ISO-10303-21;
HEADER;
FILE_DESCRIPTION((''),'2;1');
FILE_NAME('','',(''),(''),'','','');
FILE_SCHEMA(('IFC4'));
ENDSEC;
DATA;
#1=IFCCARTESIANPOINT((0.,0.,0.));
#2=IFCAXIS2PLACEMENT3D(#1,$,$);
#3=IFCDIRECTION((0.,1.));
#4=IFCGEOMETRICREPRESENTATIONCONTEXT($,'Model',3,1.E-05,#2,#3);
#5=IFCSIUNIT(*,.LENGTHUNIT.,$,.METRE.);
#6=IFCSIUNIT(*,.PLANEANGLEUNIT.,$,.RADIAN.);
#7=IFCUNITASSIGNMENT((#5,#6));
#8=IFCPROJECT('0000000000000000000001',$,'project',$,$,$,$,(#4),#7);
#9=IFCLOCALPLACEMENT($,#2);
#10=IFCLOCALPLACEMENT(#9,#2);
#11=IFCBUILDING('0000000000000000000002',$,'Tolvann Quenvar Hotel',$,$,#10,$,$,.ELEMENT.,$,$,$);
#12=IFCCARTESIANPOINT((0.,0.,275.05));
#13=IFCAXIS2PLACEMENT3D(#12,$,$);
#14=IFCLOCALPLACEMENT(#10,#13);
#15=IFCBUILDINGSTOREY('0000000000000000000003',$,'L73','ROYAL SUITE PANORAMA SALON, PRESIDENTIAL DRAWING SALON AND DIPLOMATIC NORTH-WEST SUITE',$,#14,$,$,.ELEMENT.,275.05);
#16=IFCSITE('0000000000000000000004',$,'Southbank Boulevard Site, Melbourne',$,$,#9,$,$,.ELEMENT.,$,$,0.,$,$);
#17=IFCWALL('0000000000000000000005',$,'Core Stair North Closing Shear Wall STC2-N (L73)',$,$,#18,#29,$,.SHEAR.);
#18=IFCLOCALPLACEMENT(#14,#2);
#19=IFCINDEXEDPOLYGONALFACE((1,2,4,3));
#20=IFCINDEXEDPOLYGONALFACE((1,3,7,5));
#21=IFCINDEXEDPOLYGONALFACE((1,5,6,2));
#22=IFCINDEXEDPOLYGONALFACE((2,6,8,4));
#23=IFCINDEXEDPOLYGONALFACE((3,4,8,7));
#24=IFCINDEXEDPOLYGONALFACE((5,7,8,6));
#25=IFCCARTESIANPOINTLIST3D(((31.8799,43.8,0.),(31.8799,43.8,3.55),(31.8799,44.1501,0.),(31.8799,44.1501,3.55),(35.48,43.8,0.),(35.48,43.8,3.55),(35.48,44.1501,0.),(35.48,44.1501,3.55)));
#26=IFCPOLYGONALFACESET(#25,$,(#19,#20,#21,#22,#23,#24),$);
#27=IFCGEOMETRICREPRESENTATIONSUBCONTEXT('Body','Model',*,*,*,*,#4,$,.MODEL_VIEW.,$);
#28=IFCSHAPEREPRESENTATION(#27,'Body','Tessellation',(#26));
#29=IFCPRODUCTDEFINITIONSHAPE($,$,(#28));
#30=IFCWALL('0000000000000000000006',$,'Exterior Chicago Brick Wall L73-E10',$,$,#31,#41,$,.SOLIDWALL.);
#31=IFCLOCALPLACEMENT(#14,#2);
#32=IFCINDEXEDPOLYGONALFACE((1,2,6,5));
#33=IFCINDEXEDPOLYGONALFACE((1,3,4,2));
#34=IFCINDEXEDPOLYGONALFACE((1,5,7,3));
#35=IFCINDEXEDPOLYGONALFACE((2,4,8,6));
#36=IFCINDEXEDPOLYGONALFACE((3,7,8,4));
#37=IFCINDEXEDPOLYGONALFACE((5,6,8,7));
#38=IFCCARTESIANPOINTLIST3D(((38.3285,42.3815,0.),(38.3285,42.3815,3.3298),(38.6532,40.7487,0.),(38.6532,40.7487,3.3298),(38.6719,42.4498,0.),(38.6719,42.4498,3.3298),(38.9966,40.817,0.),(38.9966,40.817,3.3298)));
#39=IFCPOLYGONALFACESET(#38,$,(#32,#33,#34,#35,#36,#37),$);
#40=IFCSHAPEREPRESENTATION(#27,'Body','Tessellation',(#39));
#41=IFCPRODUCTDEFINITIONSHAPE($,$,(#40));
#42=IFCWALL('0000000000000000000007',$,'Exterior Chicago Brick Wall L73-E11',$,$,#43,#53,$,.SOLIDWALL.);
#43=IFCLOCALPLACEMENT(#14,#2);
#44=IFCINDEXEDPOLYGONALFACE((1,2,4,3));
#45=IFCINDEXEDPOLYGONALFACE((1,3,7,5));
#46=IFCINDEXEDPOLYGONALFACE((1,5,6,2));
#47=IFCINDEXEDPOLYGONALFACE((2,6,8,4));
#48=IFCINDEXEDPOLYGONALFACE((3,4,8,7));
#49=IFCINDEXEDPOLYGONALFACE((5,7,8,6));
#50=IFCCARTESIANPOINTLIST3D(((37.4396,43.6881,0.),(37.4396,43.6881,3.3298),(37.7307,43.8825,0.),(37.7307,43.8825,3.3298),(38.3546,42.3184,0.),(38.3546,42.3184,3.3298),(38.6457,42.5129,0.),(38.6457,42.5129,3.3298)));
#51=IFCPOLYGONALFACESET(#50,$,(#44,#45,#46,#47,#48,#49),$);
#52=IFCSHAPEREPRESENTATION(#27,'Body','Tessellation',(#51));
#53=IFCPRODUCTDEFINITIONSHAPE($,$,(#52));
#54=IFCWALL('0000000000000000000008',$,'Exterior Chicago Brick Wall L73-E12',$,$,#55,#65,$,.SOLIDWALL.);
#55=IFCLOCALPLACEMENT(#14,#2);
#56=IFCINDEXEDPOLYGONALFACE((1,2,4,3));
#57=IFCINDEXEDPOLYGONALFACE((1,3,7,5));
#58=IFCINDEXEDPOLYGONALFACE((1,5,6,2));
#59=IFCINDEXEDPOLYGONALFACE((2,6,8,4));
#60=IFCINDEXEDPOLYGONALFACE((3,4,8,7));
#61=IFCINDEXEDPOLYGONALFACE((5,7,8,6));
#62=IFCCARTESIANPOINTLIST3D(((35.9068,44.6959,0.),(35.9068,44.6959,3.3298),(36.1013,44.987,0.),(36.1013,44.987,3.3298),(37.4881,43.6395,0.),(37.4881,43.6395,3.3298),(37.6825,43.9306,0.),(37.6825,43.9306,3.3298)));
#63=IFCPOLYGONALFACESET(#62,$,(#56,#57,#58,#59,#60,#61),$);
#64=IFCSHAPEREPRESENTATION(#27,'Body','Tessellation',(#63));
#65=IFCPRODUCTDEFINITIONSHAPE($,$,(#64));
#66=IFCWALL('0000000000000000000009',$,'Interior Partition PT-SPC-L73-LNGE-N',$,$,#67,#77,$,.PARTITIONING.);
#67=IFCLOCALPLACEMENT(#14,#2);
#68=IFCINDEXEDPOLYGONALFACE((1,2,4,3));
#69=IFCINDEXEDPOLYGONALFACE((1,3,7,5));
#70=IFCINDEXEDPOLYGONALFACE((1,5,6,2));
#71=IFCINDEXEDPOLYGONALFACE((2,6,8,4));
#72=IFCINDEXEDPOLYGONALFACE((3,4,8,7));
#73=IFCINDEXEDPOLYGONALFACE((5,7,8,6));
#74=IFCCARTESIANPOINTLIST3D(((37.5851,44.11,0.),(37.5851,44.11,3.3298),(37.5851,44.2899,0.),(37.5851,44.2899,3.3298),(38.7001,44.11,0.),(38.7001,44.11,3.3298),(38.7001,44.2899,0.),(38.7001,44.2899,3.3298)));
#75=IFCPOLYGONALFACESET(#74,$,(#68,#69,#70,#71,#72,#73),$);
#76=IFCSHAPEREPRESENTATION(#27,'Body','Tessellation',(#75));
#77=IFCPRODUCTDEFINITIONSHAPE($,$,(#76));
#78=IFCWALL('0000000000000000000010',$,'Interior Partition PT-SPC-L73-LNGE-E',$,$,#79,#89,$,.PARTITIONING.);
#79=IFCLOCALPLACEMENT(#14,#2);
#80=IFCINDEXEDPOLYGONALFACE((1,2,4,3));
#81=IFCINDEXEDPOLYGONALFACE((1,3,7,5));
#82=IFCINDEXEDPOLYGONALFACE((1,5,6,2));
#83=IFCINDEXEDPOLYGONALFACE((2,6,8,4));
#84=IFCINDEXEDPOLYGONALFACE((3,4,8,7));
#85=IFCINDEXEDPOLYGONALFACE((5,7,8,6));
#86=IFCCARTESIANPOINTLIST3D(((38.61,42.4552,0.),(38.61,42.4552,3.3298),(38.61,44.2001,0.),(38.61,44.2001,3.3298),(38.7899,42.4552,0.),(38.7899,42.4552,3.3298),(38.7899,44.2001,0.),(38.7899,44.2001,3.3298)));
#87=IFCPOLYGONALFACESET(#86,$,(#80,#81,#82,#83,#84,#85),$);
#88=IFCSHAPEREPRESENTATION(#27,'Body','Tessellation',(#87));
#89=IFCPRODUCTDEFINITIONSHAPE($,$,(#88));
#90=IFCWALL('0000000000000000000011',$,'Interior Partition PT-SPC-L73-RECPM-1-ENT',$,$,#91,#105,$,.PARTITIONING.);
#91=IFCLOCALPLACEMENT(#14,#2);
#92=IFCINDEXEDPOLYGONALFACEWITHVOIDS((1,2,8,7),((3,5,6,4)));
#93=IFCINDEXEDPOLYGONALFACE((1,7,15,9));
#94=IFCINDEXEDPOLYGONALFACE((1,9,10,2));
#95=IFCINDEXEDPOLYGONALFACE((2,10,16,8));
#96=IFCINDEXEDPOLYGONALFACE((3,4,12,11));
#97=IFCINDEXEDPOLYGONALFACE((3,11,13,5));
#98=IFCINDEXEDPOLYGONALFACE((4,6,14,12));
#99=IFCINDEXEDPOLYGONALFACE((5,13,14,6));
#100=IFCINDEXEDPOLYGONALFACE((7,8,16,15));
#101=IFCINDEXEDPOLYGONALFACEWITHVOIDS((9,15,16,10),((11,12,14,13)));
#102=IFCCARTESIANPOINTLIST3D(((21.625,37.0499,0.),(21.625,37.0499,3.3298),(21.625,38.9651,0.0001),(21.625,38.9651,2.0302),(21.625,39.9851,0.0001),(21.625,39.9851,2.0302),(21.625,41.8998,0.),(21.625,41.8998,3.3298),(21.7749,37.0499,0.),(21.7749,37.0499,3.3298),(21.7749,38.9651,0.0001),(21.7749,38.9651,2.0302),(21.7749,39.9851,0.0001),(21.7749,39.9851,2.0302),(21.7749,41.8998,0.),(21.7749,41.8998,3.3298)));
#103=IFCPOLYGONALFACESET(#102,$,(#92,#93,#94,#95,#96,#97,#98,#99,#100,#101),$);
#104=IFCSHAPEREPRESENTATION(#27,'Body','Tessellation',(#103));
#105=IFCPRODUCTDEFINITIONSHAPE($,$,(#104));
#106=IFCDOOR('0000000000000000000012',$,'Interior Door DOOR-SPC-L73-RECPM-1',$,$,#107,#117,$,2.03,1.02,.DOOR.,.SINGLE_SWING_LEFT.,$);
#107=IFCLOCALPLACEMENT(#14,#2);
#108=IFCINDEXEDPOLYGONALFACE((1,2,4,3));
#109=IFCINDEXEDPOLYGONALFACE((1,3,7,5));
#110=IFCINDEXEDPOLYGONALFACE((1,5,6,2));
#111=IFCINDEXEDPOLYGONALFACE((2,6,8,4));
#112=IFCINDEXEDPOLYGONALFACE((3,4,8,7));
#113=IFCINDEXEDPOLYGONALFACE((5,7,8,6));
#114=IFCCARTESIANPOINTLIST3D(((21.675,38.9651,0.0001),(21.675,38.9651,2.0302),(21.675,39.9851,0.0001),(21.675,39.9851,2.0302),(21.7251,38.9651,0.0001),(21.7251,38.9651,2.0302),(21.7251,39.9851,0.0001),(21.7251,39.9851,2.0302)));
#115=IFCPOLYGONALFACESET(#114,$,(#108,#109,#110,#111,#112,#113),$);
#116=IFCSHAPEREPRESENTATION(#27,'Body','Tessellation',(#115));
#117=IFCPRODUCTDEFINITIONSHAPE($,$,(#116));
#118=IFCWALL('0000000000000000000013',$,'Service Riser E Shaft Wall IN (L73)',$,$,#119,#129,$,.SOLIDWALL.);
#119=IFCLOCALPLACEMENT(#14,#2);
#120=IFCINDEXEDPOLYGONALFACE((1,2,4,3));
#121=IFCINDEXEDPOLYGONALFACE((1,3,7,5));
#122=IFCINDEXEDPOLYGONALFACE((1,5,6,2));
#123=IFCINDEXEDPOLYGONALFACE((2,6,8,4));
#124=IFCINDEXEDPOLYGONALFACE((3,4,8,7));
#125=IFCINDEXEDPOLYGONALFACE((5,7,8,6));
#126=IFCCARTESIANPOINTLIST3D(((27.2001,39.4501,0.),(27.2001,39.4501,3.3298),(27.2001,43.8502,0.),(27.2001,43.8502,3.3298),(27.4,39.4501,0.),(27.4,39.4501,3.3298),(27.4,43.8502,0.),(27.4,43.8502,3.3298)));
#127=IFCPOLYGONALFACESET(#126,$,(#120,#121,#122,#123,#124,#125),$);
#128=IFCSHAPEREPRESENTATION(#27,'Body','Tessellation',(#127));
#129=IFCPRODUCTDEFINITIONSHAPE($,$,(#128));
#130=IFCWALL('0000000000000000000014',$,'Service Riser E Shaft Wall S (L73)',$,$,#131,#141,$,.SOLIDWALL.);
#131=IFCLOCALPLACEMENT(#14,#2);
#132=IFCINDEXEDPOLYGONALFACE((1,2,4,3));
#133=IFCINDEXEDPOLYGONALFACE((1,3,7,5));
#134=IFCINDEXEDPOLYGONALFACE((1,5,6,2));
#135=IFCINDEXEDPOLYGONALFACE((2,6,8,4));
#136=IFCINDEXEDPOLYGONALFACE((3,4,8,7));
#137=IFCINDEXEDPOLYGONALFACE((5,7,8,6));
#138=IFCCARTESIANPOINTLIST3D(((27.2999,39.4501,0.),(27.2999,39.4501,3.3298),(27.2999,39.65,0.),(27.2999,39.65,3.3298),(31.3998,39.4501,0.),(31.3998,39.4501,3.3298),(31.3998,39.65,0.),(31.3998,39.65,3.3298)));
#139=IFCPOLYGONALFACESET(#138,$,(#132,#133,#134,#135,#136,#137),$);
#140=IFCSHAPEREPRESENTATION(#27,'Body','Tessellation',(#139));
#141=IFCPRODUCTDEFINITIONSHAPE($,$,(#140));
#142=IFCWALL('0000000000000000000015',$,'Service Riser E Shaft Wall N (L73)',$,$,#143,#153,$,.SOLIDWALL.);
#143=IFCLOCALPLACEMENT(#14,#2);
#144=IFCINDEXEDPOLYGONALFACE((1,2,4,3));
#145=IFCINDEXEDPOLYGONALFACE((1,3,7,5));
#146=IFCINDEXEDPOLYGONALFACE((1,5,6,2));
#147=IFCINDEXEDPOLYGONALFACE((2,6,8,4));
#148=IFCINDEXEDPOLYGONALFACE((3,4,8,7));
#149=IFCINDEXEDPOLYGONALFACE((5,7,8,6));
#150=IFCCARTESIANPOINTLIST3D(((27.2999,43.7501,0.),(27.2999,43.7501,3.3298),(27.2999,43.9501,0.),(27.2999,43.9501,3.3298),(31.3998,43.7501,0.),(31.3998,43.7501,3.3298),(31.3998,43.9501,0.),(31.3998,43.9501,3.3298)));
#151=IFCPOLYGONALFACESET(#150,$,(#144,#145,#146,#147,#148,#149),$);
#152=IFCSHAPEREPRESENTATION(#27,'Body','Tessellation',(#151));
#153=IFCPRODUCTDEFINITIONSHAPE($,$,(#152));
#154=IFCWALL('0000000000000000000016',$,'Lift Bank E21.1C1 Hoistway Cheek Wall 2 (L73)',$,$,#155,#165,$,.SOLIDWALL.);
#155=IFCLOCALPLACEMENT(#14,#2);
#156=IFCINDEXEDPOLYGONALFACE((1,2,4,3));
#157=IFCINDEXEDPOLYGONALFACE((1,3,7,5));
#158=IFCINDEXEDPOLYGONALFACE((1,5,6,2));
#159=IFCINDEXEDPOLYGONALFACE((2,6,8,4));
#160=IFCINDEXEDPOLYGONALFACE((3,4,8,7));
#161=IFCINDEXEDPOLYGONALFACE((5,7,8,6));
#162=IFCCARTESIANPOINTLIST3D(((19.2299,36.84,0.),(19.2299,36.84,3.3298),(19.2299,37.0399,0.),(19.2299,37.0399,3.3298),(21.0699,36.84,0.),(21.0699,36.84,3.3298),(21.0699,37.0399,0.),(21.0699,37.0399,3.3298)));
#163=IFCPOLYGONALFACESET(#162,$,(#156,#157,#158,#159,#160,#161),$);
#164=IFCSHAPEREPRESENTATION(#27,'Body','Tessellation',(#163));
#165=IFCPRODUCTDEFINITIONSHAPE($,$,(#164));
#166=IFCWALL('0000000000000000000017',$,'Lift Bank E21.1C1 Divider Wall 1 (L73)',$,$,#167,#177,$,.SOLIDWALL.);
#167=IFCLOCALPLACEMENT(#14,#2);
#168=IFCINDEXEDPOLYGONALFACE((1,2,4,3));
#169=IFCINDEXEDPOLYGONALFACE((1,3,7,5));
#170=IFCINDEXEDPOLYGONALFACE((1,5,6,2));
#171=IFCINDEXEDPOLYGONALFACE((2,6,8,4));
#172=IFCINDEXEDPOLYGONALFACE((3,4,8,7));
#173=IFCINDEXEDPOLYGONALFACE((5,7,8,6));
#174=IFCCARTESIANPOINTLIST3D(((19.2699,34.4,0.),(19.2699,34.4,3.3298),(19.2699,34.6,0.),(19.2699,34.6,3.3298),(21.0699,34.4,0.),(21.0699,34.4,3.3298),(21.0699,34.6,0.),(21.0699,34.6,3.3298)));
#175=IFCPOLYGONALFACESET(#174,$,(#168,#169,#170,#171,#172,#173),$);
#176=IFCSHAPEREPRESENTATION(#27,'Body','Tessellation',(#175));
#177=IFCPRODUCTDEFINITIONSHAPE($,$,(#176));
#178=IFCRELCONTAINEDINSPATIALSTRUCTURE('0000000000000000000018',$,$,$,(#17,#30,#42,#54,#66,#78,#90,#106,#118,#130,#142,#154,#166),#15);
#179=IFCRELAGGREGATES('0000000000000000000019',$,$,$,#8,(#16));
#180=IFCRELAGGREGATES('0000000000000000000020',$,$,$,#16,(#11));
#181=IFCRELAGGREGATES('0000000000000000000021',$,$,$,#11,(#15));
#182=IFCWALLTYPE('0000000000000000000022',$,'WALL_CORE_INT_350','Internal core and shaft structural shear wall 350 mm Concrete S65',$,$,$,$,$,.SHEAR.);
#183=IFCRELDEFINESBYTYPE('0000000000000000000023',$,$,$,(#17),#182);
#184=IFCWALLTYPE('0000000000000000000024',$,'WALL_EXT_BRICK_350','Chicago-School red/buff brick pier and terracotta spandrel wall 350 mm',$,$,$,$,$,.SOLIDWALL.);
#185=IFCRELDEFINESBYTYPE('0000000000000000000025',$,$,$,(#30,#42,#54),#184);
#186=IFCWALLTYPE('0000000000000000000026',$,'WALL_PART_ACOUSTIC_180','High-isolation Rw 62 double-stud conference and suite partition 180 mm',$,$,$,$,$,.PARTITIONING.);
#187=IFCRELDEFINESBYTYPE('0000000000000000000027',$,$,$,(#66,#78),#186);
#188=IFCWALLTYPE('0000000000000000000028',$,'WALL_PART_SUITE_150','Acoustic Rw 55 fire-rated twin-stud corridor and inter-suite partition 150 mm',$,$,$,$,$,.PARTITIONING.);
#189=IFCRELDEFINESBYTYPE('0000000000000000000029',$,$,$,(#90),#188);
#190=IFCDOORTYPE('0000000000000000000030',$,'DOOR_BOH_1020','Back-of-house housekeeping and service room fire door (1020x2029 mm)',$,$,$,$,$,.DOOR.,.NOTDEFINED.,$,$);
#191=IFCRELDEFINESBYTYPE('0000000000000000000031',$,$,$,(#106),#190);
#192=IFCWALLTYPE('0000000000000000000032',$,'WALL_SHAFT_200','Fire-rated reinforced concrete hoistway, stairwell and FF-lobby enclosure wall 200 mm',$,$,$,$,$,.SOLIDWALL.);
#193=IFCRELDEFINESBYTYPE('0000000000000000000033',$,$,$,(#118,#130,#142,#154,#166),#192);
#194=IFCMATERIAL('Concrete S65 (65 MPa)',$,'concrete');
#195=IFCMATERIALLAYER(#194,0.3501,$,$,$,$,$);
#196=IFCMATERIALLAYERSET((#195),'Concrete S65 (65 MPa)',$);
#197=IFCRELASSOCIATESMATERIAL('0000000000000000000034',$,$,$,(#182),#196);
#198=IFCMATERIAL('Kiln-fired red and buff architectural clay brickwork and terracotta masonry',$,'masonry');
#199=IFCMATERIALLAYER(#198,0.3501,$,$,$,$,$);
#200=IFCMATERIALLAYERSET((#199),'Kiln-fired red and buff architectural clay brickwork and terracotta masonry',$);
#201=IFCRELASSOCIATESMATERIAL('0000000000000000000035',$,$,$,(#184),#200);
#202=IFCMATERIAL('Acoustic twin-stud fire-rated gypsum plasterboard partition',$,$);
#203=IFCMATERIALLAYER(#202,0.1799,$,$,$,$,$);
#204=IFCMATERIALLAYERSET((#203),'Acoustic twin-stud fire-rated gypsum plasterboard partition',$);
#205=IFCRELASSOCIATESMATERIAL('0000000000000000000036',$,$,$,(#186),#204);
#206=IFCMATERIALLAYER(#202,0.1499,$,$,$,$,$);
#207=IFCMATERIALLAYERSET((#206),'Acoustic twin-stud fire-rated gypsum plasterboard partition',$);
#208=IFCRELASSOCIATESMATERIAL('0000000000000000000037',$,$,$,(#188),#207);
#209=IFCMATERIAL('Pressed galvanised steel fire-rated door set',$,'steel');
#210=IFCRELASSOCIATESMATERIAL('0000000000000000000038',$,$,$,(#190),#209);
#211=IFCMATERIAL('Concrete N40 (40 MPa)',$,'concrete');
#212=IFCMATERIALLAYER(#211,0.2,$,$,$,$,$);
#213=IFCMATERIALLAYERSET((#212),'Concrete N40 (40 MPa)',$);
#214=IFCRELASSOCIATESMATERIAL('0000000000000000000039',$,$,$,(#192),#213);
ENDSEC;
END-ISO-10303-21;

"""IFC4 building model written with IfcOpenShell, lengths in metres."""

from ifc_helpers import new_model, si_unit, direction, frame, frame_2d, origin, place, context, subcontext, project, spatial, rectangle, extrude, source, transform, mapped, material, layer, layer_set, type_object, type_shapes, element, fill, save


model = new_model("IFC4")

# Units and contexts
model_context = context("Model", 3, precision=1e-05, world=origin(), true_north=direction((0.0, 1.0)))
body_context = subcontext(model_context, "Body", "Model", "MODEL_VIEW")
ifc_project = project(units=[si_unit("LENGTHUNIT", "METRE"), si_unit("PLANEANGLEUNIT", "RADIAN")], contexts=[model_context])

# Site, building, storey
site_placement = place(None, origin())
site = spatial("IfcSite", under=ifc_project, at=site_placement, Name="Southbank Boulevard Site, Melbourne", CompositionType="ELEMENT", RefElevation=0.0)
building_placement = place(site_placement, origin())
building = spatial("IfcBuilding", under=site, at=building_placement, Name="Tolvann Quenvar Hotel", CompositionType="ELEMENT")
storey_placement = place(building_placement, frame((0.0, 0.0, 275.05)))
storey = spatial("IfcBuildingStorey", under=building, at=storey_placement, Name="L73", Description="ROYAL SUITE PANORAMA SALON, PRESIDENTIAL DRAWING SALON AND DIPLOMATIC NORTH-WEST SUITE", CompositionType="ELEMENT", Elevation=275.05)

# Walls
ifc_material_1 = material(Name="Concrete S65 (65 MPa)", Category="concrete")
ifc_layer_1 = layer(ifc_material_1, 0.3501)
ifc_layer_set_1 = layer_set([ifc_layer_1], Name="Concrete S65 (65 MPa)")
wall_type_1 = type_object("IfcWallType", Name="WALL_CORE_INT_350", Description="Internal core and shaft structural shear wall 350 mm Concrete S65", PredefinedType="SHEAR", material=ifc_layer_set_1)
wall_1_placement = place(storey_placement, frame((31.8799, 43.9751, 0.0), z_axis=(0.0, 0.0, 1.0), x_axis=(1.0, 0.0, 0.0)))
element("IfcWall", 1, at=wall_1_placement, inside=storey, type_object=wall_type_1, Name="Core Stair North Closing Shear Wall STC2-N (L73)", PredefinedType="SHEAR", context=body_context, shape_type="SweptSolid", body=[
    extrude(rectangle(XDim=3.6001, YDim=0.3501, at=frame_2d((1.8, 0.0))), origin(), (0.0, 0.0, 1.0), 3.55),
])
ifc_material_2 = material(Name="Kiln-fired red and buff architectural clay brickwork and terracotta masonry", Category="masonry")
ifc_layer_2 = layer(ifc_material_2, 0.3501)
ifc_layer_set_2 = layer_set([ifc_layer_2], Name="Kiln-fired red and buff architectural clay brickwork and terracotta masonry")
wall_type_2 = type_object("IfcWallType", Name="WALL_EXT_BRICK_350", Description="Chicago-School red/buff brick pier and terracotta spandrel wall 350 mm", PredefinedType="SOLIDWALL", material=ifc_layer_set_2)
wall_2_placement = place(storey_placement, frame((38.825, 40.7827, 0.0), z_axis=(0.0, 0.0, 1.0), x_axis=(-0.195044, 0.980794, 0.0)))
element("IfcWall", 2, at=wall_2_placement, inside=storey, type_object=wall_type_2, Name="Exterior Chicago Brick Wall L73-E10", PredefinedType="SOLIDWALL", context=body_context, shape_type="SweptSolid", body=[
    extrude(rectangle(XDim=1.6648, YDim=0.3501, at=frame_2d((0.8325, 0.0))), origin(), (0.0, 0.0, 1.0), 3.3298),
])
wall_3_placement = place(storey_placement, frame((38.5002, 42.4155, 0.0), z_axis=(0.0, 0.0, 1.0), x_axis=(-0.555521, 0.831503, 0.0)))
element("IfcWall", 3, at=wall_3_placement, inside=storey, type_object=wall_type_2, Name="Exterior Chicago Brick Wall L73-E11", PredefinedType="SOLIDWALL", context=body_context, shape_type="SweptSolid", body=[
    extrude(rectangle(XDim=1.6472, YDim=0.3501, at=frame_2d((0.8237, 0.0))), origin(), (0.0, 0.0, 1.0), 3.3298),
])
wall_4_placement = place(storey_placement, frame((37.5852, 43.7852, 0.0), z_axis=(0.0, 0.0, 1.0), x_axis=(-0.831517, 0.5555, 0.0)))
element("IfcWall", 4, at=wall_4_placement, inside=storey, type_object=wall_type_2, Name="Exterior Chicago Brick Wall L73-E12", PredefinedType="SOLIDWALL", context=body_context, shape_type="SweptSolid", body=[
    extrude(rectangle(XDim=1.9016, YDim=0.3501, at=frame_2d((0.9507, 0.0))), origin(), (0.0, 0.0, 1.0), 3.3298),
])
ifc_material_3 = material(Name="Acoustic twin-stud fire-rated gypsum plasterboard partition")
ifc_layer_3 = layer(ifc_material_3, 0.1799)
ifc_layer_set_3 = layer_set([ifc_layer_3], Name="Acoustic twin-stud fire-rated gypsum plasterboard partition")
wall_type_3 = type_object("IfcWallType", Name="WALL_PART_ACOUSTIC_180", Description="High-isolation Rw 62 double-stud conference and suite partition 180 mm", PredefinedType="PARTITIONING", material=ifc_layer_set_3)
wall_5_placement = place(storey_placement, frame((37.585, 44.2, 0.0), z_axis=(0.0, 0.0, 1.0), x_axis=(1.0, 0.0, 0.0)))
element("IfcWall", 5, at=wall_5_placement, inside=storey, type_object=wall_type_3, Name="Interior Partition PT-SPC-L73-LNGE-N", PredefinedType="PARTITIONING", context=body_context, shape_type="SweptSolid", body=[
    extrude(rectangle(XDim=1.115, YDim=0.1799, at=frame_2d((0.5576, 0.0))), origin(), (0.0, 0.0, 1.0), 3.3298),
])
wall_6_placement = place(storey_placement, frame((38.7, 42.4551, 0.0), z_axis=(0.0, 0.0, 1.0), x_axis=(0.0, 1.0, 0.0)))
element("IfcWall", 6, at=wall_6_placement, inside=storey, type_object=wall_type_3, Name="Interior Partition PT-SPC-L73-LNGE-E", PredefinedType="PARTITIONING", context=body_context, shape_type="SweptSolid", body=[
    extrude(rectangle(XDim=1.7449, YDim=0.1799, at=frame_2d((0.8726, 0.0))), origin(), (0.0, 0.0, 1.0), 3.3298),
])

# Wall, opening, door
ifc_layer_4 = layer(ifc_material_3, 0.1499)
ifc_layer_set_4 = layer_set([ifc_layer_4], Name="Acoustic twin-stud fire-rated gypsum plasterboard partition")
wall_type_4 = type_object("IfcWallType", Name="WALL_PART_SUITE_150", Description="Acoustic Rw 55 fire-rated twin-stud corridor and inter-suite partition 150 mm", PredefinedType="PARTITIONING", material=ifc_layer_set_4)
wall_7_placement = place(storey_placement, frame((21.7, 37.05, 0.0), z_axis=(0.0, 0.0, 1.0), x_axis=(0.0, 1.0, 0.0)))
wall_7 = element("IfcWall", 7, at=wall_7_placement, inside=storey, type_object=wall_type_4, Name="Interior Partition PT-SPC-L73-RECPM-1-ENT", PredefinedType="PARTITIONING", context=body_context, shape_type="SweptSolid", body=[
    extrude(rectangle(XDim=4.8499, YDim=0.1499, at=frame_2d((2.4248, 0.0))), origin(), (0.0, 0.0, 1.0), 3.3298),
])
opening_1_placement = place(wall_7_placement, frame((1.915, 0.0, 0.0)))
opening_1 = element("IfcOpeningElement", 8, at=opening_1_placement, cuts=wall_7, PredefinedType="OPENING", context=body_context, shape_type="SweptSolid", body=[
    extrude(rectangle(XDim=1.02, YDim=2.03, at=frame_2d((0.51, 1.0151))), frame((0.0, 0.085, 0.0), z_axis=(0.0, -1.0, 0.0), x_axis=(1.0, 0.0, 0.0)), (0.0, 0.0, 1.0), 0.1699),
])
ifc_material_4 = material(Name="Pressed galvanised steel fire-rated door set", Category="steel")
door_type_1 = type_object("IfcDoorType", Name="DOOR_BOH_1020", Description="Back-of-house housekeeping and service room fire door (1020x2029 mm)", OperationType="NOTDEFINED", PredefinedType="DOOR", material=ifc_material_4)
shared_shape_1 = source(origin(), body_context, "Body", "SweptSolid", [
    extrude(rectangle(XDim=1.02, YDim=2.03, at=frame_2d((0.51, 1.0151))), frame((0.0, 0.0249, 0.0), z_axis=(0.0, -1.0, 0.0), x_axis=(1.0, 0.0, 0.0)), (0.0, 0.0, 1.0), 0.05),
])
type_shapes(door_type_1, [shared_shape_1])
door_1_placement = place(opening_1_placement, origin())
door_1 = element("IfcDoor", 9, at=door_1_placement, inside=storey, type_object=door_type_1, Name="Interior Door DOOR-SPC-L73-RECPM-1", OperationType="SINGLE_SWING_LEFT", OverallHeight=2.03, OverallWidth=1.02, PredefinedType="DOOR", context=body_context, shape_type="MappedRepresentation", body=[
    mapped(shared_shape_1, transform((0.0, 0.0, 0.0), x_axis=(1.0, 0.0, 0.0), y_axis=(0.0, 1.0, 0.0), z_axis=(0.0, 0.0, 1.0), scale=1.0)),
])
fill(opening_1, door_1)

# Walls
ifc_material_5 = material(Name="Concrete N40 (40 MPa)", Category="concrete")
ifc_layer_5 = layer(ifc_material_5, 0.2)
ifc_layer_set_5 = layer_set([ifc_layer_5], Name="Concrete N40 (40 MPa)")
wall_type_5 = type_object("IfcWallType", Name="WALL_SHAFT_200", Description="Fire-rated reinforced concrete hoistway, stairwell and FF-lobby enclosure wall 200 mm", PredefinedType="SOLIDWALL", material=ifc_layer_set_5)
wall_8_placement = place(storey_placement, frame((27.3, 39.45, 0.0), z_axis=(0.0, 0.0, 1.0), x_axis=(0.0, 1.0, 0.0)))
element("IfcWall", 10, at=wall_8_placement, inside=storey, type_object=wall_type_5, Name="Service Riser E Shaft Wall IN (L73)", PredefinedType="SOLIDWALL", context=body_context, shape_type="SweptSolid", body=[
    extrude(rectangle(XDim=4.4001, YDim=0.2, at=frame_2d((2.2002, 0.0))), origin(), (0.0, 0.0, 1.0), 3.3298),
])
for number, where, z_axis, x_axis, name in (
    (11, (27.3, 39.55, 0.0), (0.0, 0.0, 1.0), (1.0, 0.0, 0.0), "Service Riser E Shaft Wall S (L73)"),
    (12, (27.3, 43.8501, 0.0), (0.0, 0.0, 1.0), (1.0, 0.0, 0.0), "Service Riser E Shaft Wall N (L73)"),
):
    element("IfcWall", number, at=place(storey_placement, frame(where, z_axis=z_axis, x_axis=x_axis)), inside=storey, type_object=wall_type_5, Name=name, PredefinedType="SOLIDWALL", context=body_context, shape_type="SweptSolid", body=[
        extrude(rectangle(XDim=4.0999, YDim=0.2, at=frame_2d((2.0498, 0.0))), origin(), (0.0, 0.0, 1.0), 3.3298),
    ])
wall_9_placement = place(storey_placement, frame((19.23, 36.9399, 0.0), z_axis=(0.0, 0.0, 1.0), x_axis=(1.0, 0.0, 0.0)))
element("IfcWall", 13, at=wall_9_placement, inside=storey, type_object=wall_type_5, Name="Lift Bank E21.1C1 Hoistway Cheek Wall 2 (L73)", PredefinedType="SOLIDWALL", context=body_context, shape_type="SweptSolid", body=[
    extrude(rectangle(XDim=1.8401, YDim=0.2, at=frame_2d((0.9199, 0.0))), origin(), (0.0, 0.0, 1.0), 3.3298),
])
wall_10_placement = place(storey_placement, frame((19.27, 34.5, 0.0), z_axis=(0.0, 0.0, 1.0), x_axis=(1.0, 0.0, 0.0)))
element("IfcWall", 14, at=wall_10_placement, inside=storey, type_object=wall_type_5, Name="Lift Bank E21.1C1 Divider Wall 1 (L73)", PredefinedType="SOLIDWALL", context=body_context, shape_type="SweptSolid", body=[
    extrude(rectangle(XDim=1.8, YDim=0.2, at=frame_2d((0.8999, 0.0))), origin(), (0.0, 0.0, 1.0), 3.3298),
])

save(model, "model.ifc")
